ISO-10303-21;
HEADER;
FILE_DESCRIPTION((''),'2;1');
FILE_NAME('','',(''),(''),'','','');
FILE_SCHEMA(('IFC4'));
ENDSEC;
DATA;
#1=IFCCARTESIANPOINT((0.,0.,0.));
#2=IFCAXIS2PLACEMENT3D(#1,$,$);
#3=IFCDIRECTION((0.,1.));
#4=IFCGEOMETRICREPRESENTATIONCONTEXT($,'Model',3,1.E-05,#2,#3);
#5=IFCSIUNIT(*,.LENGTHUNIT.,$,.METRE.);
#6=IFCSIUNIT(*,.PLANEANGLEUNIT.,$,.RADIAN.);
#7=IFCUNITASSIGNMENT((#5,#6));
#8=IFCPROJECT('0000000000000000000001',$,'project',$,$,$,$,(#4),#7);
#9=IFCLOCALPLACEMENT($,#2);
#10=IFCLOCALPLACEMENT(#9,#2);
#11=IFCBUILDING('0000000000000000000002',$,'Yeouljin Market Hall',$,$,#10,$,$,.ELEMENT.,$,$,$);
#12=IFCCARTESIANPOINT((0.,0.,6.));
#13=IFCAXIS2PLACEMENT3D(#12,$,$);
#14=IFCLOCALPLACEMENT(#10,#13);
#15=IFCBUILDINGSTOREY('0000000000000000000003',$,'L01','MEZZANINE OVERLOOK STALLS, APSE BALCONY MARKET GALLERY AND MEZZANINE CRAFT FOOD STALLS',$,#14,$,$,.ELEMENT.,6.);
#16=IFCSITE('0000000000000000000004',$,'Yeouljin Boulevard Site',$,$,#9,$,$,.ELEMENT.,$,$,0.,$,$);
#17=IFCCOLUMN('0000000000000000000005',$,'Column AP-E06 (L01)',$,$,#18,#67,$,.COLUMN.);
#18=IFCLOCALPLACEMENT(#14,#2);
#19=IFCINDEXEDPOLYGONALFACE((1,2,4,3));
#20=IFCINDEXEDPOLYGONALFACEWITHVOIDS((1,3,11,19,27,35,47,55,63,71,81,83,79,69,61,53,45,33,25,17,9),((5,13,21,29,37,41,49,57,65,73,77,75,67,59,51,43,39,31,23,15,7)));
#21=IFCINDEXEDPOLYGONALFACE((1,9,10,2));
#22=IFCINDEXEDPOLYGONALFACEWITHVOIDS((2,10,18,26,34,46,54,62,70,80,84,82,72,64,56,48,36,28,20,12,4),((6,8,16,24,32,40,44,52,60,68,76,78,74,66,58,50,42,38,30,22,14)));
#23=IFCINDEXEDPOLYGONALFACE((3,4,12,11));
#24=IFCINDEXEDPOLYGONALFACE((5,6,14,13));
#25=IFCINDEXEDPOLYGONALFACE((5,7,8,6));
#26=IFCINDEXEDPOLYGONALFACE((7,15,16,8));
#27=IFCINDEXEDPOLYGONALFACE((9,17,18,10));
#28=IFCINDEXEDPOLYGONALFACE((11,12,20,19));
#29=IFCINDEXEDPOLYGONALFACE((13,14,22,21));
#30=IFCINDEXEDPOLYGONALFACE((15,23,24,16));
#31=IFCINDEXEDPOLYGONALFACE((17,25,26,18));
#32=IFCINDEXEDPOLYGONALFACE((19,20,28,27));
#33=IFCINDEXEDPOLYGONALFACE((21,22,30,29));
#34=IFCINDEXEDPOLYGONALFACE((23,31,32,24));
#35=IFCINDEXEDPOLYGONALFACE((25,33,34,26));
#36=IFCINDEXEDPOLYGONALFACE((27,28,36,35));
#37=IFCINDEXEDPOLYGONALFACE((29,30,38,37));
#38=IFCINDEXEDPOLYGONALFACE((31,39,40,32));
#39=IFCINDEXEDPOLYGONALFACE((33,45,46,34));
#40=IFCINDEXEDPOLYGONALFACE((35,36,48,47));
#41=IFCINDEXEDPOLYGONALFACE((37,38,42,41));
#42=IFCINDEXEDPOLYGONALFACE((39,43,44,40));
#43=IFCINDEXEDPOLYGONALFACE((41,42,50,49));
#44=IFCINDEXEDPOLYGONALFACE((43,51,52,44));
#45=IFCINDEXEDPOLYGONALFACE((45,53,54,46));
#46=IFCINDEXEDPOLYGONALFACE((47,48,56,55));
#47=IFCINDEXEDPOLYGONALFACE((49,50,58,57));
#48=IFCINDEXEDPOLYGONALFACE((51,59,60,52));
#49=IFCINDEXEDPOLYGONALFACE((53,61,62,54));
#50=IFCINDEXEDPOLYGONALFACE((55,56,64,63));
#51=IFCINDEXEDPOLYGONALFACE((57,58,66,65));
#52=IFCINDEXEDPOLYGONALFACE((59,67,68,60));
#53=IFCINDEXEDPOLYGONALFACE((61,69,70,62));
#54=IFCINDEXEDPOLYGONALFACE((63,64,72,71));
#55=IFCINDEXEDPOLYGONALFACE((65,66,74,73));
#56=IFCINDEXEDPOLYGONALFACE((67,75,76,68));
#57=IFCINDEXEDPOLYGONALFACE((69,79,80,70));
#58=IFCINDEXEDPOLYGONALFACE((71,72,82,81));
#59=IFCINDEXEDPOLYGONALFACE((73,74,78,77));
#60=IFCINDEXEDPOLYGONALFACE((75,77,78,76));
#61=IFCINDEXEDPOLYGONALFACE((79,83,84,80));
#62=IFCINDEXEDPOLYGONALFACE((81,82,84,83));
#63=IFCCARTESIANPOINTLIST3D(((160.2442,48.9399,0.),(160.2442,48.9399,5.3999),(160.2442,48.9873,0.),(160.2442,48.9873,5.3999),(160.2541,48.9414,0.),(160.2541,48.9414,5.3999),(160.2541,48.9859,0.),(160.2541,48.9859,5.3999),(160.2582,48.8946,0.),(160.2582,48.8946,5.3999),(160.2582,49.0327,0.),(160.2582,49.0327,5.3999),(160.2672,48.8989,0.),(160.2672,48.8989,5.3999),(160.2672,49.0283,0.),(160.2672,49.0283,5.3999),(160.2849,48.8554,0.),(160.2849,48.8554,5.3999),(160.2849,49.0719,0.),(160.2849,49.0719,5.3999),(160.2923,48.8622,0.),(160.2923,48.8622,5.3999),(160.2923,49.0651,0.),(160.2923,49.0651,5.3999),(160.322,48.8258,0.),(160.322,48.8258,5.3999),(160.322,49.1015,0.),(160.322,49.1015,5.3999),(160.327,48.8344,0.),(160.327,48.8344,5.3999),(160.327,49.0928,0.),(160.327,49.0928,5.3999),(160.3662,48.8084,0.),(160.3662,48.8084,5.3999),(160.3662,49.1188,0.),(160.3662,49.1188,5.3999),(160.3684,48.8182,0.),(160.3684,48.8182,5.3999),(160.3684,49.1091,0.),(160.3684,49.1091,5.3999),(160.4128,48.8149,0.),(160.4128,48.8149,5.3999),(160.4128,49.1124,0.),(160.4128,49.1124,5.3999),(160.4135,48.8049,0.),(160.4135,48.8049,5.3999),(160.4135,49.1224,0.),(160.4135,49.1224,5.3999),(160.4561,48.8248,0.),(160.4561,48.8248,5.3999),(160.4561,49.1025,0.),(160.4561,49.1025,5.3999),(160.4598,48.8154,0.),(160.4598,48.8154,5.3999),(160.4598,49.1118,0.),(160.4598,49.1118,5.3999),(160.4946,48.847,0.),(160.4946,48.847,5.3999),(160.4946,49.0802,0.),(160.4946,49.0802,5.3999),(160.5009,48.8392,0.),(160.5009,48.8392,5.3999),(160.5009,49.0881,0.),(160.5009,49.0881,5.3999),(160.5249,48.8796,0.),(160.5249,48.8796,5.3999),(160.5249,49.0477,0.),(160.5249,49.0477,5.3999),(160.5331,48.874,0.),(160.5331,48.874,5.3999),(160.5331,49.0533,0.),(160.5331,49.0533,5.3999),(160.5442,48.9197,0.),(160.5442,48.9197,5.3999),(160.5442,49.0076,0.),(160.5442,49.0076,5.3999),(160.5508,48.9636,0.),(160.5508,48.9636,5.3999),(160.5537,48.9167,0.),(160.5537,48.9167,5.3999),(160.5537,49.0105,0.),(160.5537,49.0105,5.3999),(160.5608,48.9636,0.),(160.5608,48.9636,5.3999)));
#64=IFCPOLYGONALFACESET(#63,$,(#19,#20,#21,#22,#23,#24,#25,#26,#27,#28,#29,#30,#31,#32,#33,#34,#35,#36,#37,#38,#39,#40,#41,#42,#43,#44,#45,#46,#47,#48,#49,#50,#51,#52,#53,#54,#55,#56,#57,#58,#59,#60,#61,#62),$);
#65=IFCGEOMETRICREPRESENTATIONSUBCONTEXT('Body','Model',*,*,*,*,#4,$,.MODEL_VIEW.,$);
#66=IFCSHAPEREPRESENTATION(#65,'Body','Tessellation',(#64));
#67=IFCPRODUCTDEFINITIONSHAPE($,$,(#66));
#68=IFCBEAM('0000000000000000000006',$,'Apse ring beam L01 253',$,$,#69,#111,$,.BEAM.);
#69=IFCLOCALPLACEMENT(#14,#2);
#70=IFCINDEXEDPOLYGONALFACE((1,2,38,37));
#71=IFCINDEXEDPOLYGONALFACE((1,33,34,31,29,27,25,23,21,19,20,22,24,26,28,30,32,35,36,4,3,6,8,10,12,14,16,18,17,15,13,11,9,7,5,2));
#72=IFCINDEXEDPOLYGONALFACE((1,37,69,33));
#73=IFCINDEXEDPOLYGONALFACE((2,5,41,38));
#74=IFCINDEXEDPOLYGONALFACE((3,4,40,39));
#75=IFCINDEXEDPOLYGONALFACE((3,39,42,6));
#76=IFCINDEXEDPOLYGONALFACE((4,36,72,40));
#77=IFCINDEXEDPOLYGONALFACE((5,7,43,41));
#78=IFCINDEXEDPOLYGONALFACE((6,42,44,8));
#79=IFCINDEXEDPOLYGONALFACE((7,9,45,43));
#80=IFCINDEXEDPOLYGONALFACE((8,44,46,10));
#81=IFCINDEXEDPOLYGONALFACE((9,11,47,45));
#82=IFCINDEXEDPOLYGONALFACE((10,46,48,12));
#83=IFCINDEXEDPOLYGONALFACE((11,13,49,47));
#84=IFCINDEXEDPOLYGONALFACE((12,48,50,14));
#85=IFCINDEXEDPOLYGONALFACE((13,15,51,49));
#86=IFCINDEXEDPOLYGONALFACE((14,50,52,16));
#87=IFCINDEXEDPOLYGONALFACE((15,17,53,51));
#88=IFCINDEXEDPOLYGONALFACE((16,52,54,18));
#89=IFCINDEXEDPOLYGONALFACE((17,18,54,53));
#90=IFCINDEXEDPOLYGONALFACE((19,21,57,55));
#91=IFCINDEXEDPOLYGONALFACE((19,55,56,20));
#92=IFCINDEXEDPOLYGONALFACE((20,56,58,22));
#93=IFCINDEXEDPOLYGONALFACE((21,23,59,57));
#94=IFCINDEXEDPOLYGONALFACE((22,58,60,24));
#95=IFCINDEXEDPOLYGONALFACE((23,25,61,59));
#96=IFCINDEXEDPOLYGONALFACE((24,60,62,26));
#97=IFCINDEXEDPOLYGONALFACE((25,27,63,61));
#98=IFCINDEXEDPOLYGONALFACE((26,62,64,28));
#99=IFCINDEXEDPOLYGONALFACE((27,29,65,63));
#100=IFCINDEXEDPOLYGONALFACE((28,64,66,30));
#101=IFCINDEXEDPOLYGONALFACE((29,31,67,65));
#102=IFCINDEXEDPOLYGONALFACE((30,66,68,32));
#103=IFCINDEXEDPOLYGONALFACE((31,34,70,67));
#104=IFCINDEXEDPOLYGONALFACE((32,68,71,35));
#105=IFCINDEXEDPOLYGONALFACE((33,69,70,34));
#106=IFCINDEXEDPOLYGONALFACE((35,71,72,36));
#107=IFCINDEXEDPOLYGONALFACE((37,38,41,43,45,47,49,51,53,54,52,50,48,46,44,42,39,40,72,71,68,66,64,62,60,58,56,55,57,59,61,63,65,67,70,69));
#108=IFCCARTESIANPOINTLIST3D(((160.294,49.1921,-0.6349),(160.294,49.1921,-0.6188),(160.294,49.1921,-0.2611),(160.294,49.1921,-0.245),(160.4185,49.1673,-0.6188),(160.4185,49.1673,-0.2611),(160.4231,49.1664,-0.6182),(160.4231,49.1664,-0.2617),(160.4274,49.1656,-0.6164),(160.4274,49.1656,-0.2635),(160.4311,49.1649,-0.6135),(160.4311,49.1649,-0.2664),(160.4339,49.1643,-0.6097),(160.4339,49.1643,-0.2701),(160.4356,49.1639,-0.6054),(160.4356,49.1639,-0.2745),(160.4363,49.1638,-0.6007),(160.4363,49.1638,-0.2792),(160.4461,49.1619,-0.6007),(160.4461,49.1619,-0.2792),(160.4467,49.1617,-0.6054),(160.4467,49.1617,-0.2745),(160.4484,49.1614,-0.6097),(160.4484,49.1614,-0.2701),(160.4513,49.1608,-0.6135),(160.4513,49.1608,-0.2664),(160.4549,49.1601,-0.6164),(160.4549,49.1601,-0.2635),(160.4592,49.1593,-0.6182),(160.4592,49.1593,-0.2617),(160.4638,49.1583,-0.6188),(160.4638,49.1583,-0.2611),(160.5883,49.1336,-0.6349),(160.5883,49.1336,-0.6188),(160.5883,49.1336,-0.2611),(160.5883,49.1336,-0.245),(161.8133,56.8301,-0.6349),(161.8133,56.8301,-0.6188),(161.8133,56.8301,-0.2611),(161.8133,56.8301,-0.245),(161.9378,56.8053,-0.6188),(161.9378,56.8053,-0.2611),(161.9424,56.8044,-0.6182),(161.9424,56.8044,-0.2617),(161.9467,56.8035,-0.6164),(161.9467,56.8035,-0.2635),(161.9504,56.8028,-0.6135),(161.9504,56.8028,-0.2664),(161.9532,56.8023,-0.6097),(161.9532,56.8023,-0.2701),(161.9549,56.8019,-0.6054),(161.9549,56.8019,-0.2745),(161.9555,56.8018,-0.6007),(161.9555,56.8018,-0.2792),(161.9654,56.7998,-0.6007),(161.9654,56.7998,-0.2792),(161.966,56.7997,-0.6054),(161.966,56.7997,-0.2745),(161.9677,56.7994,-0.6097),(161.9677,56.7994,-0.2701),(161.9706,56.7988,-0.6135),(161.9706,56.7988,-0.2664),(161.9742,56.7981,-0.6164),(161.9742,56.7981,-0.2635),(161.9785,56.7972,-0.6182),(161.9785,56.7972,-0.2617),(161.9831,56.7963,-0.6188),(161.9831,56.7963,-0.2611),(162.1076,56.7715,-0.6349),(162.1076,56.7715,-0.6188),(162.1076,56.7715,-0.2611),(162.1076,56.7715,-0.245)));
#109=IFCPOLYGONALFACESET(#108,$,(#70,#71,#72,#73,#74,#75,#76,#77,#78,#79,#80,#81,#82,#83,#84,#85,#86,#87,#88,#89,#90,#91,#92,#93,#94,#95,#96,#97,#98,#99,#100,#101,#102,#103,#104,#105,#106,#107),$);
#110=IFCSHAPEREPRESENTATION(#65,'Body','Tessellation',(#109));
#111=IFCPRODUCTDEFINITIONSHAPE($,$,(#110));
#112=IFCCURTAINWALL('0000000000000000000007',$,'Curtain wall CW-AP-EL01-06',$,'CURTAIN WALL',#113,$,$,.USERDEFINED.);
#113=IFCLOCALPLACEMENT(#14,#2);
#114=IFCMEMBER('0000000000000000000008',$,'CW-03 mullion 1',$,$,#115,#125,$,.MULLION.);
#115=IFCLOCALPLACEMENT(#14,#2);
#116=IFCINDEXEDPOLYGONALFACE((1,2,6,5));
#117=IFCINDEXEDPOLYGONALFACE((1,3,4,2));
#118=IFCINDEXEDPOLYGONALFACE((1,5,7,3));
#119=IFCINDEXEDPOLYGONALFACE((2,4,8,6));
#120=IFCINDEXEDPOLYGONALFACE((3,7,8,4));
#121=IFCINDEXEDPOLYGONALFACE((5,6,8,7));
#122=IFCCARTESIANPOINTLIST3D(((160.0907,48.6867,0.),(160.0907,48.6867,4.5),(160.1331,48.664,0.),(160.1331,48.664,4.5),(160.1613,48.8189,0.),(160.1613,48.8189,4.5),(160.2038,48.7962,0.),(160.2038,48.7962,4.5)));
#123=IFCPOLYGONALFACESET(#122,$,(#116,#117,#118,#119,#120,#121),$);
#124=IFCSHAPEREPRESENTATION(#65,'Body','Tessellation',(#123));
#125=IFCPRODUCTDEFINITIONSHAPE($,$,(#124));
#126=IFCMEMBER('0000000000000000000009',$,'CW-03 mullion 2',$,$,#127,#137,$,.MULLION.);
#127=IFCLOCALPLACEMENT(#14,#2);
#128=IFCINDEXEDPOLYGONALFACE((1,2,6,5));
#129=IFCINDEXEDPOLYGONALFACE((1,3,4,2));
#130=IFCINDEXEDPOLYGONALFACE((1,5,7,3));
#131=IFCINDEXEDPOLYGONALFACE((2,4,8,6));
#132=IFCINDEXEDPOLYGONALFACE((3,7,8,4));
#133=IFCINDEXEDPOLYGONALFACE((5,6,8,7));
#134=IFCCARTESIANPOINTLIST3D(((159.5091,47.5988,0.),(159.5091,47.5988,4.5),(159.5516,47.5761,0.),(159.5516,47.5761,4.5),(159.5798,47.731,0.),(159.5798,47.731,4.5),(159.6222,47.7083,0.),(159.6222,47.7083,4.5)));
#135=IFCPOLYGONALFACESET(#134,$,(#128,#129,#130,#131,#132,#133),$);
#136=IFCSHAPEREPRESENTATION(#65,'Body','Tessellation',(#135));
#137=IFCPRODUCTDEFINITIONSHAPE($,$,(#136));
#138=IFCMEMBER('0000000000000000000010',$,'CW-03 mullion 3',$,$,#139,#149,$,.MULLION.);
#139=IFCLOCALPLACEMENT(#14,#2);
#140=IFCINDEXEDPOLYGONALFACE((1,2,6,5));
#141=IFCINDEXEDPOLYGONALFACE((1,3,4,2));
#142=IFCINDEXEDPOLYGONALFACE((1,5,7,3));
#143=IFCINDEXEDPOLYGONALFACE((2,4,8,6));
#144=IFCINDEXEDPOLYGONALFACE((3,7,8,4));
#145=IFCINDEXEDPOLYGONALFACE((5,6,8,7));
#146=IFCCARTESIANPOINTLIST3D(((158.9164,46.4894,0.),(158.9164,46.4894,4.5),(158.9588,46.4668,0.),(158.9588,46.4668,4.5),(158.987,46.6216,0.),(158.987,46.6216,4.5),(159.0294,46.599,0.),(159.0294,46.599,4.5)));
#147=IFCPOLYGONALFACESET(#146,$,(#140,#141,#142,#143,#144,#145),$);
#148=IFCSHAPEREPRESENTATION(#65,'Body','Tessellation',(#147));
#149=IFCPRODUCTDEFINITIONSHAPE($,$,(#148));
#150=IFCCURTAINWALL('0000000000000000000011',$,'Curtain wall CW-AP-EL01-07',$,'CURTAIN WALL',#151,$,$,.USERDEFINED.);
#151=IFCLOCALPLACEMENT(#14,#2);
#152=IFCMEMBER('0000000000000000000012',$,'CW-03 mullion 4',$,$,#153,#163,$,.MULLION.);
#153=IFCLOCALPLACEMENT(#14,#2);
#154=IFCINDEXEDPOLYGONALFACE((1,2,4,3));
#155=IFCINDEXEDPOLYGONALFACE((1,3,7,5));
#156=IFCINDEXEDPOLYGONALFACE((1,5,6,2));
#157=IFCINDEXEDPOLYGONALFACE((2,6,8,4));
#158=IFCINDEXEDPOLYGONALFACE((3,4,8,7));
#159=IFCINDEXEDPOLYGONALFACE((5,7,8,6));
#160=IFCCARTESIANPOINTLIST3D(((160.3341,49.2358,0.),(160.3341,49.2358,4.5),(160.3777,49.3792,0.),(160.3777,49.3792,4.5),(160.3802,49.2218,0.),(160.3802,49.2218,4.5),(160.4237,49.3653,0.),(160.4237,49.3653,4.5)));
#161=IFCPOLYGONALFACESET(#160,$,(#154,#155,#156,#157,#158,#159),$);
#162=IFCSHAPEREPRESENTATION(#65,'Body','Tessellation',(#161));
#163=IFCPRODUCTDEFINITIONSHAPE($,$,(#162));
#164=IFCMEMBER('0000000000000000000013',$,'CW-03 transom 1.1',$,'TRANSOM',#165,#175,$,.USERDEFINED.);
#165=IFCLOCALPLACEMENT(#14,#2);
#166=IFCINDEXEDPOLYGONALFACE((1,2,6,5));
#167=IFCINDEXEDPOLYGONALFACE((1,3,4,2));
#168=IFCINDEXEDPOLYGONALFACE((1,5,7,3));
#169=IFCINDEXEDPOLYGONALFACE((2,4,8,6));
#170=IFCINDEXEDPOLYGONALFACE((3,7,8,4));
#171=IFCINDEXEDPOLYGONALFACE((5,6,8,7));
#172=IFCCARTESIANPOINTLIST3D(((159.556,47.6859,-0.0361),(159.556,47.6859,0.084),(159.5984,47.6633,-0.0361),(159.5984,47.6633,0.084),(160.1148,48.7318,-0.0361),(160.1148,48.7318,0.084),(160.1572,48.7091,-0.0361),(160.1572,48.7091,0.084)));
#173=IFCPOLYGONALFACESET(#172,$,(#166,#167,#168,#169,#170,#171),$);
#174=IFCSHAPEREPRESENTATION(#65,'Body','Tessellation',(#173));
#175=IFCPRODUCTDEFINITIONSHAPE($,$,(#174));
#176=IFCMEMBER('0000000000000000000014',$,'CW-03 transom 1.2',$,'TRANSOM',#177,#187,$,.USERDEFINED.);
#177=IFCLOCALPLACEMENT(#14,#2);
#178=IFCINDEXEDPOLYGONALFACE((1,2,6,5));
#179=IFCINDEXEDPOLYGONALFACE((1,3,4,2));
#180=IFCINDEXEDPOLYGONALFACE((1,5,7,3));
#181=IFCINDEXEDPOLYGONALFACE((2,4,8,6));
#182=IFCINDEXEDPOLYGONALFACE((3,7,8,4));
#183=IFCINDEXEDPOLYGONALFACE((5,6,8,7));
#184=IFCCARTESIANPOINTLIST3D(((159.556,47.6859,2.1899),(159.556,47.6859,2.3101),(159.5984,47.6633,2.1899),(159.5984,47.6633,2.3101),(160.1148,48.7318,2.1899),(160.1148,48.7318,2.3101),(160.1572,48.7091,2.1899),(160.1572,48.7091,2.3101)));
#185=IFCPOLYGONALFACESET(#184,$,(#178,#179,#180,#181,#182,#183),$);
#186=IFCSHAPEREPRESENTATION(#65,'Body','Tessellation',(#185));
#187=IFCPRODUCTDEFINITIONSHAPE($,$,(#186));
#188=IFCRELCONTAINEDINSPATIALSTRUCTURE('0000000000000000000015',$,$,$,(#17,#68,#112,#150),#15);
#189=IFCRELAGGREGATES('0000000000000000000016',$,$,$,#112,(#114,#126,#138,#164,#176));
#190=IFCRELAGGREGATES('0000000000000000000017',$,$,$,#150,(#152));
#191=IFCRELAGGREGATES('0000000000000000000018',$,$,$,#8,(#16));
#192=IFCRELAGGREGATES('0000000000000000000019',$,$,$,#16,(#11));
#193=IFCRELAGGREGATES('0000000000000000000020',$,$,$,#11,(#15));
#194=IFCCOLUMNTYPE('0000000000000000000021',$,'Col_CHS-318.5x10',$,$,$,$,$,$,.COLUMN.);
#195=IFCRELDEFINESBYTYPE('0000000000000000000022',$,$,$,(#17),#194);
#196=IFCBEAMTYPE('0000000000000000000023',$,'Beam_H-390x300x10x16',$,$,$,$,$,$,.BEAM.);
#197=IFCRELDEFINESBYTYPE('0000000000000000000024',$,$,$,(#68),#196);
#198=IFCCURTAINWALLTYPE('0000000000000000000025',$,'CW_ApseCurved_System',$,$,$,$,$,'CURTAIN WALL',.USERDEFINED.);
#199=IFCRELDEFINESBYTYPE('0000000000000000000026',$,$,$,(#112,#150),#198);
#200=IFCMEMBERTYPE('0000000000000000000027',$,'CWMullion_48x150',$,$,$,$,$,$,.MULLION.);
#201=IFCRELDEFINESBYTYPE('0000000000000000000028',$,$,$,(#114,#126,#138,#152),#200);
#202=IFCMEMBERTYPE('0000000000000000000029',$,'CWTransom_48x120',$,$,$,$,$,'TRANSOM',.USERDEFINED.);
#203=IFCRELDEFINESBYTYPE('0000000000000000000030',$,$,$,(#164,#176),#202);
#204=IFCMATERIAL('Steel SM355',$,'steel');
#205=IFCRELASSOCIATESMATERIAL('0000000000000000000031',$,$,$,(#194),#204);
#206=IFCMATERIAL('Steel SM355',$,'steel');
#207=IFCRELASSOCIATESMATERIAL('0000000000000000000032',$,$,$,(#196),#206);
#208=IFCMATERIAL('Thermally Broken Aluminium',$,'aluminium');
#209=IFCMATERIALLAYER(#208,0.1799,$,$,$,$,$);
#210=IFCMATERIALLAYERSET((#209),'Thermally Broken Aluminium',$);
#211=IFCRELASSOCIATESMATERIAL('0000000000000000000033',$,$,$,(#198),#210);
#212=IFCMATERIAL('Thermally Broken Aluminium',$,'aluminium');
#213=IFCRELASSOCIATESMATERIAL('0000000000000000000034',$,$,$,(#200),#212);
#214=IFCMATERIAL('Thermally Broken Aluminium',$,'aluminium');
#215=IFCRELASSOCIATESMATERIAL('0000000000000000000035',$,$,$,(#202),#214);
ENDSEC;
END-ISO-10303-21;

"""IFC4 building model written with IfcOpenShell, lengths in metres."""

from ifc_helpers import new_model, si_unit, direction, frame, origin, origin_2d, place, context, subcontext, project, spatial, rectangle, hollow_circle, i_section, extrude, material, layer, layer_set, material_profile, profile_set, type_object, element, aggregate, save


model = new_model("IFC4")

# Units and contexts
model_context = context("Model", 3, precision=1e-05, world=origin(), true_north=direction((0.0, 1.0)))
body_context = subcontext(model_context, "Body", "Model", "MODEL_VIEW")
ifc_project = project(units=[si_unit("LENGTHUNIT", "METRE"), si_unit("PLANEANGLEUNIT", "RADIAN")], contexts=[model_context])

# Site, building, storey
site_placement = place(None, origin())
site = spatial("IfcSite", under=ifc_project, at=site_placement, Name="Yeouljin Boulevard Site", CompositionType="ELEMENT", RefElevation=0.0)
building_placement = place(site_placement, origin())
building = spatial("IfcBuilding", under=site, at=building_placement, Name="Yeouljin Market Hall", CompositionType="ELEMENT")
storey_placement = place(building_placement, frame((0.0, 0.0, 6.0)))
storey = spatial("IfcBuildingStorey", under=building, at=storey_placement, Name="L01", Description="MEZZANINE OVERLOOK STALLS, APSE BALCONY MARKET GALLERY AND MEZZANINE CRAFT FOOD STALLS", CompositionType="ELEMENT", Elevation=6.0)

# Column
ifc_material_1 = material(Name="Steel SM355", Category="steel")
ifc_material_profile_1 = material_profile(ifc_material_1, hollow_circle(Radius=0.1592, WallThickness=0.01, at=origin_2d()), Name="CHS-318.5x10")
ifc_profile_set_1 = profile_set([ifc_material_profile_1], Name="Steel SM355")
column_type = type_object("IfcColumnType", Name="Col_CHS-318.5x10", PredefinedType="COLUMN", material=ifc_profile_set_1)
column_placement = place(storey_placement, frame((160.4016, 48.9636, 0.0), z_axis=(0.0, 0.0, 1.0), x_axis=(1.0, 0.0, 0.0)))
element("IfcColumn", 1, at=column_placement, inside=storey, type_object=column_type, Name="Column AP-E06 (L01)", PredefinedType="COLUMN", context=body_context, shape_type="SweptSolid", body=[
    extrude(hollow_circle(Radius=0.1592, WallThickness=0.01, at=origin_2d()), origin(), (0.0, 0.0, 1.0), 5.3999),
])

# Beam
ifc_material_2 = material(Name="Steel SM355", Category="steel")
ifc_material_profile_2 = material_profile(ifc_material_2, i_section(OverallWidth=0.3, OverallDepth=0.3899, WebThickness=0.01, FlangeThickness=0.0161, FilletRadius=0.0181, at=origin_2d()), Name="H-390x300x10x16")
ifc_profile_set_2 = profile_set([ifc_material_profile_2], Name="Steel SM355")
beam_type = type_object("IfcBeamType", Name="Beam_H-390x300x10x16", PredefinedType="BEAM", material=ifc_profile_set_2)
beam_placement = place(storey_placement, frame((160.4412, 49.1628, -0.4399), z_axis=(0.195091, 0.980785, 0.0), x_axis=(-0.980785, 0.195091, 0.0)))
element("IfcBeam", 2, at=beam_placement, inside=storey, type_object=beam_type, Name="Apse ring beam L01 253", PredefinedType="BEAM", context=body_context, shape_type="SweptSolid", body=[
    extrude(i_section(OverallWidth=0.3, OverallDepth=0.3899, WebThickness=0.01, FlangeThickness=0.0161, FilletRadius=0.0181, at=origin_2d()), origin(), (0.0, 0.0, 1.0), 7.7876),
])

# Curtain wall, members
ifc_material_3 = material(Name="Thermally Broken Aluminium", Category="aluminium")
ifc_layer_1 = layer(ifc_material_3, 0.1799)
ifc_layer_set_1 = layer_set([ifc_layer_1], Name="Thermally Broken Aluminium")
curtain_wall_type = type_object("IfcCurtainWallType", Name="CW_ApseCurved_System", ElementType="CURTAIN WALL", PredefinedType="USERDEFINED", material=ifc_layer_set_1)
curtain_wall_1_placement = place(storey_placement, origin())
curtain_wall_1 = element("IfcCurtainWall", 3, at=curtain_wall_1_placement, inside=storey, type_object=curtain_wall_type, Name="Curtain wall CW-AP-EL01-06", ObjectType="CURTAIN WALL", PredefinedType="USERDEFINED")
ifc_material_4 = material(Name="Thermally Broken Aluminium", Category="aluminium")
ifc_material_profile_3 = material_profile(ifc_material_4, rectangle(XDim=0.0481, YDim=0.1499, at=origin_2d()), Name="CW-MULL-48x150")
ifc_profile_set_3 = profile_set([ifc_material_profile_3], Name="Thermally Broken Aluminium")
member_type_1 = type_object("IfcMemberType", Name="CWMullion_48x150", PredefinedType="MULLION", material=ifc_profile_set_3)
member_1_placement = place(storey_placement, frame((160.1472, 48.7415, 0.0), z_axis=(0.0, 0.0, 1.0), x_axis=(0.881931, -0.471378, 0.0)))
member_1 = element("IfcMember", 4, at=member_1_placement, type_object=member_type_1, Name="CW-03 mullion 1", PredefinedType="MULLION", context=body_context, shape_type="SweptSolid", body=[
    extrude(rectangle(XDim=0.0481, YDim=0.1499, at=origin_2d()), origin(), (0.0, 0.0, 1.0), 4.5),
])
member_2_placement = place(storey_placement, frame((159.5657, 47.6536, 0.0), z_axis=(0.0, 0.0, 1.0), x_axis=(0.881931, -0.471378, 0.0)))
member_2 = element("IfcMember", 5, at=member_2_placement, type_object=member_type_1, Name="CW-03 mullion 2", PredefinedType="MULLION", context=body_context, shape_type="SweptSolid", body=[
    extrude(rectangle(XDim=0.0481, YDim=0.1499, at=origin_2d()), origin(), (0.0, 0.0, 1.0), 4.5),
])
member_3_placement = place(storey_placement, frame((158.9729, 46.5442, 0.0), z_axis=(0.0, 0.0, 1.0), x_axis=(0.881931, -0.471378, 0.0)))
member_3 = element("IfcMember", 6, at=member_3_placement, type_object=member_type_1, Name="CW-03 mullion 3", PredefinedType="MULLION", context=body_context, shape_type="SweptSolid", body=[
    extrude(rectangle(XDim=0.0481, YDim=0.1499, at=origin_2d()), origin(), (0.0, 0.0, 1.0), 4.5),
])

# Curtain wall, member
curtain_wall_2_placement = place(storey_placement, origin())
curtain_wall_2 = element("IfcCurtainWall", 7, at=curtain_wall_2_placement, inside=storey, type_object=curtain_wall_type, Name="Curtain wall CW-AP-EL01-07", ObjectType="CURTAIN WALL", PredefinedType="USERDEFINED")
member_4_placement = place(storey_placement, frame((160.3789, 49.3005, 0.0), z_axis=(0.0, 0.0, 1.0), x_axis=(0.95694, -0.290286, 0.0)))
member_4 = element("IfcMember", 8, at=member_4_placement, type_object=member_type_1, Name="CW-03 mullion 4", PredefinedType="MULLION", context=body_context, shape_type="SweptSolid", body=[
    extrude(rectangle(XDim=0.0481, YDim=0.1499, at=origin_2d()), origin(), (0.0, 0.0, 1.0), 4.5),
])

# Members
ifc_material_5 = material(Name="Thermally Broken Aluminium", Category="aluminium")
ifc_material_profile_4 = material_profile(ifc_material_5, rectangle(XDim=0.0481, YDim=0.1201, at=origin_2d()), Name="CW-TRAN-48x120")
ifc_profile_set_4 = profile_set([ifc_material_profile_4], Name="Thermally Broken Aluminium")
member_type_2 = type_object("IfcMemberType", Name="CWTransom_48x120", ElementType="TRANSOM", PredefinedType="USERDEFINED", material=ifc_profile_set_4)
member_5_placement = place(storey_placement, frame((160.136, 48.7205, 0.0239), z_axis=(-0.471261, -0.881994, 0.0), x_axis=(0.881994, -0.471261, 0.0)))
member_5 = element("IfcMember", 9, at=member_5_placement, type_object=member_type_2, Name="CW-03 transom 1.1", ObjectType="TRANSOM", PredefinedType="USERDEFINED", context=body_context, shape_type="SweptSolid", body=[
    extrude(rectangle(XDim=0.0481, YDim=0.1201, at=origin_2d()), origin(), (0.0, 0.0, 1.0), 1.1858),
])
member_6_placement = place(storey_placement, frame((160.136, 48.7205, 2.25), z_axis=(-0.471261, -0.881994, 0.0), x_axis=(0.881994, -0.471261, 0.0)))
member_6 = element("IfcMember", 10, at=member_6_placement, type_object=member_type_2, Name="CW-03 transom 1.2", ObjectType="TRANSOM", PredefinedType="USERDEFINED", context=body_context, shape_type="SweptSolid", body=[
    extrude(rectangle(XDim=0.0481, YDim=0.1201, at=origin_2d()), origin(), (0.0, 0.0, 1.0), 1.1858),
])

aggregate(curtain_wall_1, [member_1, member_2, member_3, member_5, member_6])
aggregate(curtain_wall_2, [member_4])

save(model, "model.ifc")
